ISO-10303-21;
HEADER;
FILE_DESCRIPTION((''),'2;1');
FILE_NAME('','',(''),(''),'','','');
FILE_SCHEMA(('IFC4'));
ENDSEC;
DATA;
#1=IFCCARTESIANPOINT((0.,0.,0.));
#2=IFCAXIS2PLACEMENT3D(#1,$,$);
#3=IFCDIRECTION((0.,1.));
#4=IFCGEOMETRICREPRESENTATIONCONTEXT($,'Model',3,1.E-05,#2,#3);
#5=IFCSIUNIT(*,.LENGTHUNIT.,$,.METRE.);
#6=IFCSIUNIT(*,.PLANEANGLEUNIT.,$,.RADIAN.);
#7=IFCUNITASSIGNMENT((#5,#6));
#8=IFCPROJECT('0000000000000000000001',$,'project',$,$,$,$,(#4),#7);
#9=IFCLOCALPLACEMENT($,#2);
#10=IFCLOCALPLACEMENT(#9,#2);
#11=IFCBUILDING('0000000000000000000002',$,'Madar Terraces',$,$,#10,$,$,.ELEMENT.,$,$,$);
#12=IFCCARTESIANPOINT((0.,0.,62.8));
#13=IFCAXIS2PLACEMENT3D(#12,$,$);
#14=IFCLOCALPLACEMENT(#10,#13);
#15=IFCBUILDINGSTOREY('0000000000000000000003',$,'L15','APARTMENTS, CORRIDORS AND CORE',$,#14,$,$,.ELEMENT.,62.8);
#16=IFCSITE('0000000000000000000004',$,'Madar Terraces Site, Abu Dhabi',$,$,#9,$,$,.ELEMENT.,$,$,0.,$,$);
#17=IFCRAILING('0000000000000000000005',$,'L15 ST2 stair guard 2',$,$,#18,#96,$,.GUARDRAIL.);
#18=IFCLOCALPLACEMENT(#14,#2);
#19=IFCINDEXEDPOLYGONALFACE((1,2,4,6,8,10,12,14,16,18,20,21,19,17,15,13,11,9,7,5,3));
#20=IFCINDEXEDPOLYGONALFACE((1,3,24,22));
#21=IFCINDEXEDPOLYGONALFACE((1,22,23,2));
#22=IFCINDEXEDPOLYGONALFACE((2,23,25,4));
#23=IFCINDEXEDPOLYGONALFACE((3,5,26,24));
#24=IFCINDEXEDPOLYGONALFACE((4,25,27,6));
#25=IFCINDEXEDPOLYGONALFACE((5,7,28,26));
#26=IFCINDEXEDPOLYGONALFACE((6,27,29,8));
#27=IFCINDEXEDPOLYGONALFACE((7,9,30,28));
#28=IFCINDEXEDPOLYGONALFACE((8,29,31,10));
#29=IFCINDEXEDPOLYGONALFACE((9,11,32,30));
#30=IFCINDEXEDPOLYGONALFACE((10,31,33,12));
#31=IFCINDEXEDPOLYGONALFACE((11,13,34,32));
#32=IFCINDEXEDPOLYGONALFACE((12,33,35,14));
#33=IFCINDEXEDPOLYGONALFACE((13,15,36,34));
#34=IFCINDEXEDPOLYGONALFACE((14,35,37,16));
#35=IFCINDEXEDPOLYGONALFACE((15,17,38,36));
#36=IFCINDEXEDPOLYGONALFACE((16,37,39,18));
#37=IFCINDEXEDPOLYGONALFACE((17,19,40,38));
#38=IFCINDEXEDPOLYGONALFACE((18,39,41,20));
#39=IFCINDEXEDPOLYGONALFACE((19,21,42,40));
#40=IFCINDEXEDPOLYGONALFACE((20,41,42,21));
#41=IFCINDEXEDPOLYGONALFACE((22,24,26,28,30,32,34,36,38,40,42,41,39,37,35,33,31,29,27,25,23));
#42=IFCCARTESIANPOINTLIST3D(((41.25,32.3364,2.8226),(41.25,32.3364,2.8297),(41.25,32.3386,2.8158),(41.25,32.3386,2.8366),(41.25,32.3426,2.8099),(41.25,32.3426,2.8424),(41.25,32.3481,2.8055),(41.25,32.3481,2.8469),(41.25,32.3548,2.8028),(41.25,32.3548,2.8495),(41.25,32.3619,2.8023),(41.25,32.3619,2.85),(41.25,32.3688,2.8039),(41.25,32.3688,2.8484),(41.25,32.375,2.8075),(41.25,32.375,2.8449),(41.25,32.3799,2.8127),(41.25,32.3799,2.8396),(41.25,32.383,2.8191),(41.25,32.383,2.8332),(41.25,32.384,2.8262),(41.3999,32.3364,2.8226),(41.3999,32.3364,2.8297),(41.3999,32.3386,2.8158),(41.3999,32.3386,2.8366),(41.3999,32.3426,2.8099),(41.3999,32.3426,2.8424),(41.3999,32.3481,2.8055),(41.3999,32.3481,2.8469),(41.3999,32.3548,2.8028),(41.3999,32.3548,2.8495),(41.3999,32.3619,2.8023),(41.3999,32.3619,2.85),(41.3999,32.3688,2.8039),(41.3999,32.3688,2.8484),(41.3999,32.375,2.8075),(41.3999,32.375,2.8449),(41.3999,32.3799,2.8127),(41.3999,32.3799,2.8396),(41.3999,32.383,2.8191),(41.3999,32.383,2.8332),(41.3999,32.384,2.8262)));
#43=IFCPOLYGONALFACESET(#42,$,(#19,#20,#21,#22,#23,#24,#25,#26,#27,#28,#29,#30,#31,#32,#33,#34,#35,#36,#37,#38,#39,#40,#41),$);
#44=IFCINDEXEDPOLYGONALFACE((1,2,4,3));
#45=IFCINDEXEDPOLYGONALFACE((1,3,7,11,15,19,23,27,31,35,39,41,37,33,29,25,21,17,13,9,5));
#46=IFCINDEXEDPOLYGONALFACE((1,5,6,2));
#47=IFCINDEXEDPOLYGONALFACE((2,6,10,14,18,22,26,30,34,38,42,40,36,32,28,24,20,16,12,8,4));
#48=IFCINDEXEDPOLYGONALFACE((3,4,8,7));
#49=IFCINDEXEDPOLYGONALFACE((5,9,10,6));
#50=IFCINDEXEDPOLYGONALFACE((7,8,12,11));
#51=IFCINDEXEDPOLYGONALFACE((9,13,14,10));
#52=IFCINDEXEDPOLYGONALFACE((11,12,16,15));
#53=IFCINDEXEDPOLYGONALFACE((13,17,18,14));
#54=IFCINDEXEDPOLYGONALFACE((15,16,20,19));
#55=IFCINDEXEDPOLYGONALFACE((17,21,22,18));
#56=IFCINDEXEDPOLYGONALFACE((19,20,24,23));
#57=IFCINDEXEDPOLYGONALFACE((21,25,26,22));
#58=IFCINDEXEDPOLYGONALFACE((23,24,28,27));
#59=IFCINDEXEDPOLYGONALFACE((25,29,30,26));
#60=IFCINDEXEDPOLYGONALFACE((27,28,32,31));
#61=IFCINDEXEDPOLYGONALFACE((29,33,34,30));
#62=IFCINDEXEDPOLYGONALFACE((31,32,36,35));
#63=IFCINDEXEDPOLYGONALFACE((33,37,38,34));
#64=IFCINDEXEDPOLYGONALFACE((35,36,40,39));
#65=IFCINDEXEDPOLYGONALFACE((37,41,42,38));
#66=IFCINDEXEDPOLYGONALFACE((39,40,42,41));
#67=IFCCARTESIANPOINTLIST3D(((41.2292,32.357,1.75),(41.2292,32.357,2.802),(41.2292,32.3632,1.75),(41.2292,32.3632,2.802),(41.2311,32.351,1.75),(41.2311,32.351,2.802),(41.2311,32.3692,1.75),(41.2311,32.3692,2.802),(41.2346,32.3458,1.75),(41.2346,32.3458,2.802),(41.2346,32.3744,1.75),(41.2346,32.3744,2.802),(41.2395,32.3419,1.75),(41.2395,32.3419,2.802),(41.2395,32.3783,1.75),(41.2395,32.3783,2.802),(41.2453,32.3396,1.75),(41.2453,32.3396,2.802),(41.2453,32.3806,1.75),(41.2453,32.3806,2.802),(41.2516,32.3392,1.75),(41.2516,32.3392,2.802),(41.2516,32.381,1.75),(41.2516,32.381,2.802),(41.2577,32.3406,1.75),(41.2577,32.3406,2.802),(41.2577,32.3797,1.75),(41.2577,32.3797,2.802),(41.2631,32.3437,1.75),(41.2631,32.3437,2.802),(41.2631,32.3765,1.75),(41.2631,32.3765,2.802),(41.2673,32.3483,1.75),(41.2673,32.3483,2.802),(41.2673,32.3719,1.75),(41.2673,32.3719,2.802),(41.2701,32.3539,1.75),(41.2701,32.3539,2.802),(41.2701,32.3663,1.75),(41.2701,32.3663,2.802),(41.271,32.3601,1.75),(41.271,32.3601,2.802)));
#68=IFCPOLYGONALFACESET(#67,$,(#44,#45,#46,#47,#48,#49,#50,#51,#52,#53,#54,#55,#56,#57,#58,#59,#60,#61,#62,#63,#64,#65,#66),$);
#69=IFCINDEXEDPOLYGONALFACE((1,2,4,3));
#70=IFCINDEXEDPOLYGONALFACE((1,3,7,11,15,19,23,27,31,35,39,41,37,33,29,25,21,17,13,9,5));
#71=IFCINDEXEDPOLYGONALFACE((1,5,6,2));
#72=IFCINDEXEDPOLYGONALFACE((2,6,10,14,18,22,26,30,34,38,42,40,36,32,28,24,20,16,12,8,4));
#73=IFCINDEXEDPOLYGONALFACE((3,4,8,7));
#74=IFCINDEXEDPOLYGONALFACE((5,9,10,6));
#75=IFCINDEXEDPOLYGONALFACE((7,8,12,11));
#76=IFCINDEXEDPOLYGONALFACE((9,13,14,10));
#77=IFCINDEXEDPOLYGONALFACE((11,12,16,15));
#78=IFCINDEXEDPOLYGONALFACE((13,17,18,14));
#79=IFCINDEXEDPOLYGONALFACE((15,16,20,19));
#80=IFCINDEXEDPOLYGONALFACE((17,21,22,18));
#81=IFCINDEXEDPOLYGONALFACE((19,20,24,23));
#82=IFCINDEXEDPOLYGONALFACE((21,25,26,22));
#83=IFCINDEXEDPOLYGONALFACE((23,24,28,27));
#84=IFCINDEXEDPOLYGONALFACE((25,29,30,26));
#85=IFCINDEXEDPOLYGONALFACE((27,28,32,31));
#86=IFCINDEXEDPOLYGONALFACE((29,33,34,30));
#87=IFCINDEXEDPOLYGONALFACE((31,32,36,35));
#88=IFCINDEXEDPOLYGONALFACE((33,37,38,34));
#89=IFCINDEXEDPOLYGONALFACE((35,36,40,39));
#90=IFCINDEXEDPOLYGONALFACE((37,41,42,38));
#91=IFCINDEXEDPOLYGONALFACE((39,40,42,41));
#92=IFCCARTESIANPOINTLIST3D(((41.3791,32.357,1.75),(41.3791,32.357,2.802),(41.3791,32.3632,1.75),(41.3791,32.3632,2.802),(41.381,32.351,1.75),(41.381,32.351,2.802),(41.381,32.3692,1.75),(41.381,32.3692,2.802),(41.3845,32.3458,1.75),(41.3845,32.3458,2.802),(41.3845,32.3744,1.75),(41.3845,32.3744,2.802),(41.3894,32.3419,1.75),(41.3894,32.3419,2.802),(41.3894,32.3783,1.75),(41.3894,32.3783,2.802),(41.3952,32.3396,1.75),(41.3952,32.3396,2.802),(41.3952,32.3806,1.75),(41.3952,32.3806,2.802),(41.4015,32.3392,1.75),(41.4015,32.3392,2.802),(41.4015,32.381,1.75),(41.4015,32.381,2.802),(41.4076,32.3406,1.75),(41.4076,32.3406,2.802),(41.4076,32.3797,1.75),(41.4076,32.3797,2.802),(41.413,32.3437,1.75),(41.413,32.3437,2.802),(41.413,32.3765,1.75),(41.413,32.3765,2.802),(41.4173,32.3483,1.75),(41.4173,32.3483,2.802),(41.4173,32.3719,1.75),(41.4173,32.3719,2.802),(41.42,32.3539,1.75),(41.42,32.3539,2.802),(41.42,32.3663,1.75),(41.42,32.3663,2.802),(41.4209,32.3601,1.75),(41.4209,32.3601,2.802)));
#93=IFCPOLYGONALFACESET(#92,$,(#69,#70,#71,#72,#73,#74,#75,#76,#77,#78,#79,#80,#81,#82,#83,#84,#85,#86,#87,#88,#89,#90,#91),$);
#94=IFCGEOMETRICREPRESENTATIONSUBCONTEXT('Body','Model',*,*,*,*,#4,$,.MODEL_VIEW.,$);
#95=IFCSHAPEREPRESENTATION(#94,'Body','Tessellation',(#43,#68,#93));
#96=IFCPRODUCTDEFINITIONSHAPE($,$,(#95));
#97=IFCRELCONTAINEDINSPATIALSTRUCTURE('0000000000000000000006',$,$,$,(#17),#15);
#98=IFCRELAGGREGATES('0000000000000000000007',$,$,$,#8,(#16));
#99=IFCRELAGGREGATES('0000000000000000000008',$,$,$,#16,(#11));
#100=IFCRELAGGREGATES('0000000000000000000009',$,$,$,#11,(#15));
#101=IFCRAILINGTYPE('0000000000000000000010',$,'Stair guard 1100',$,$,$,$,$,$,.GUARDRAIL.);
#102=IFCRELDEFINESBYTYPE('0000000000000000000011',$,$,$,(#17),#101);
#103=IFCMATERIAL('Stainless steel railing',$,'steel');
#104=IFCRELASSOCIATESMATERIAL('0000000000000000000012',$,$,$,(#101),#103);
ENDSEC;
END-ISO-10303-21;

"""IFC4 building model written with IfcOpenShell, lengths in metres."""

from ifc_helpers import new_model, si_unit, direction, frame, origin, origin_2d, place, context, subcontext, project, spatial, circle, extrude, material, type_object, element, save


model = new_model("IFC4")

# Units and contexts
model_context = context("Model", 3, precision=1e-05, world=origin(), true_north=direction((0.0, 1.0)))
body_context = subcontext(model_context, "Body", "Model", "MODEL_VIEW")
ifc_project = project(units=[si_unit("LENGTHUNIT", "METRE"), si_unit("PLANEANGLEUNIT", "RADIAN")], contexts=[model_context])

# Site, building, storey
site_placement = place(None, origin())
site = spatial("IfcSite", under=ifc_project, at=site_placement, Name="Madar Terraces Site, Abu Dhabi", CompositionType="ELEMENT", RefElevation=0.0)
building_placement = place(site_placement, origin())
building = spatial("IfcBuilding", under=site, at=building_placement, Name="Madar Terraces", CompositionType="ELEMENT")
storey_placement = place(building_placement, frame((0.0, 0.0, 62.8)))
storey = spatial("IfcBuildingStorey", under=building, at=storey_placement, Name="L15", Description="APARTMENTS, CORRIDORS AND CORE", CompositionType="ELEMENT", Elevation=62.8)

# Railing
ifc_material_1 = material(Name="Stainless steel railing", Category="steel")
railing_type_1 = type_object("IfcRailingType", Name="Stair guard 1100", PredefinedType="GUARDRAIL", material=ifc_material_1)
railing_1_placement = place(storey_placement, frame((41.25, 32.3601, 1.75)))
element("IfcRailing", 1, at=railing_1_placement, inside=storey, type_object=railing_type_1, Name="L15 ST2 stair guard 2", PredefinedType="GUARDRAIL", context=body_context, shape_type="SweptSolid", body=[
    extrude(circle(Radius=0.0239, at=origin_2d()), frame((0.0, 0.0, 1.0762), z_axis=(1.0, 0.0, 0.0), x_axis=(0.0, 1.0, 0.0)), (0.0, 0.0, 1.0), 0.1499),
    extrude(circle(Radius=0.021, at=origin_2d()), origin(), (0.0, 0.0, 1.0), 1.052),
    extrude(circle(Radius=0.021, at=origin_2d()), frame((0.1499, 0.0, 0.0)), (0.0, 0.0, 1.0), 1.052),
])

save(model, "model.ifc")
